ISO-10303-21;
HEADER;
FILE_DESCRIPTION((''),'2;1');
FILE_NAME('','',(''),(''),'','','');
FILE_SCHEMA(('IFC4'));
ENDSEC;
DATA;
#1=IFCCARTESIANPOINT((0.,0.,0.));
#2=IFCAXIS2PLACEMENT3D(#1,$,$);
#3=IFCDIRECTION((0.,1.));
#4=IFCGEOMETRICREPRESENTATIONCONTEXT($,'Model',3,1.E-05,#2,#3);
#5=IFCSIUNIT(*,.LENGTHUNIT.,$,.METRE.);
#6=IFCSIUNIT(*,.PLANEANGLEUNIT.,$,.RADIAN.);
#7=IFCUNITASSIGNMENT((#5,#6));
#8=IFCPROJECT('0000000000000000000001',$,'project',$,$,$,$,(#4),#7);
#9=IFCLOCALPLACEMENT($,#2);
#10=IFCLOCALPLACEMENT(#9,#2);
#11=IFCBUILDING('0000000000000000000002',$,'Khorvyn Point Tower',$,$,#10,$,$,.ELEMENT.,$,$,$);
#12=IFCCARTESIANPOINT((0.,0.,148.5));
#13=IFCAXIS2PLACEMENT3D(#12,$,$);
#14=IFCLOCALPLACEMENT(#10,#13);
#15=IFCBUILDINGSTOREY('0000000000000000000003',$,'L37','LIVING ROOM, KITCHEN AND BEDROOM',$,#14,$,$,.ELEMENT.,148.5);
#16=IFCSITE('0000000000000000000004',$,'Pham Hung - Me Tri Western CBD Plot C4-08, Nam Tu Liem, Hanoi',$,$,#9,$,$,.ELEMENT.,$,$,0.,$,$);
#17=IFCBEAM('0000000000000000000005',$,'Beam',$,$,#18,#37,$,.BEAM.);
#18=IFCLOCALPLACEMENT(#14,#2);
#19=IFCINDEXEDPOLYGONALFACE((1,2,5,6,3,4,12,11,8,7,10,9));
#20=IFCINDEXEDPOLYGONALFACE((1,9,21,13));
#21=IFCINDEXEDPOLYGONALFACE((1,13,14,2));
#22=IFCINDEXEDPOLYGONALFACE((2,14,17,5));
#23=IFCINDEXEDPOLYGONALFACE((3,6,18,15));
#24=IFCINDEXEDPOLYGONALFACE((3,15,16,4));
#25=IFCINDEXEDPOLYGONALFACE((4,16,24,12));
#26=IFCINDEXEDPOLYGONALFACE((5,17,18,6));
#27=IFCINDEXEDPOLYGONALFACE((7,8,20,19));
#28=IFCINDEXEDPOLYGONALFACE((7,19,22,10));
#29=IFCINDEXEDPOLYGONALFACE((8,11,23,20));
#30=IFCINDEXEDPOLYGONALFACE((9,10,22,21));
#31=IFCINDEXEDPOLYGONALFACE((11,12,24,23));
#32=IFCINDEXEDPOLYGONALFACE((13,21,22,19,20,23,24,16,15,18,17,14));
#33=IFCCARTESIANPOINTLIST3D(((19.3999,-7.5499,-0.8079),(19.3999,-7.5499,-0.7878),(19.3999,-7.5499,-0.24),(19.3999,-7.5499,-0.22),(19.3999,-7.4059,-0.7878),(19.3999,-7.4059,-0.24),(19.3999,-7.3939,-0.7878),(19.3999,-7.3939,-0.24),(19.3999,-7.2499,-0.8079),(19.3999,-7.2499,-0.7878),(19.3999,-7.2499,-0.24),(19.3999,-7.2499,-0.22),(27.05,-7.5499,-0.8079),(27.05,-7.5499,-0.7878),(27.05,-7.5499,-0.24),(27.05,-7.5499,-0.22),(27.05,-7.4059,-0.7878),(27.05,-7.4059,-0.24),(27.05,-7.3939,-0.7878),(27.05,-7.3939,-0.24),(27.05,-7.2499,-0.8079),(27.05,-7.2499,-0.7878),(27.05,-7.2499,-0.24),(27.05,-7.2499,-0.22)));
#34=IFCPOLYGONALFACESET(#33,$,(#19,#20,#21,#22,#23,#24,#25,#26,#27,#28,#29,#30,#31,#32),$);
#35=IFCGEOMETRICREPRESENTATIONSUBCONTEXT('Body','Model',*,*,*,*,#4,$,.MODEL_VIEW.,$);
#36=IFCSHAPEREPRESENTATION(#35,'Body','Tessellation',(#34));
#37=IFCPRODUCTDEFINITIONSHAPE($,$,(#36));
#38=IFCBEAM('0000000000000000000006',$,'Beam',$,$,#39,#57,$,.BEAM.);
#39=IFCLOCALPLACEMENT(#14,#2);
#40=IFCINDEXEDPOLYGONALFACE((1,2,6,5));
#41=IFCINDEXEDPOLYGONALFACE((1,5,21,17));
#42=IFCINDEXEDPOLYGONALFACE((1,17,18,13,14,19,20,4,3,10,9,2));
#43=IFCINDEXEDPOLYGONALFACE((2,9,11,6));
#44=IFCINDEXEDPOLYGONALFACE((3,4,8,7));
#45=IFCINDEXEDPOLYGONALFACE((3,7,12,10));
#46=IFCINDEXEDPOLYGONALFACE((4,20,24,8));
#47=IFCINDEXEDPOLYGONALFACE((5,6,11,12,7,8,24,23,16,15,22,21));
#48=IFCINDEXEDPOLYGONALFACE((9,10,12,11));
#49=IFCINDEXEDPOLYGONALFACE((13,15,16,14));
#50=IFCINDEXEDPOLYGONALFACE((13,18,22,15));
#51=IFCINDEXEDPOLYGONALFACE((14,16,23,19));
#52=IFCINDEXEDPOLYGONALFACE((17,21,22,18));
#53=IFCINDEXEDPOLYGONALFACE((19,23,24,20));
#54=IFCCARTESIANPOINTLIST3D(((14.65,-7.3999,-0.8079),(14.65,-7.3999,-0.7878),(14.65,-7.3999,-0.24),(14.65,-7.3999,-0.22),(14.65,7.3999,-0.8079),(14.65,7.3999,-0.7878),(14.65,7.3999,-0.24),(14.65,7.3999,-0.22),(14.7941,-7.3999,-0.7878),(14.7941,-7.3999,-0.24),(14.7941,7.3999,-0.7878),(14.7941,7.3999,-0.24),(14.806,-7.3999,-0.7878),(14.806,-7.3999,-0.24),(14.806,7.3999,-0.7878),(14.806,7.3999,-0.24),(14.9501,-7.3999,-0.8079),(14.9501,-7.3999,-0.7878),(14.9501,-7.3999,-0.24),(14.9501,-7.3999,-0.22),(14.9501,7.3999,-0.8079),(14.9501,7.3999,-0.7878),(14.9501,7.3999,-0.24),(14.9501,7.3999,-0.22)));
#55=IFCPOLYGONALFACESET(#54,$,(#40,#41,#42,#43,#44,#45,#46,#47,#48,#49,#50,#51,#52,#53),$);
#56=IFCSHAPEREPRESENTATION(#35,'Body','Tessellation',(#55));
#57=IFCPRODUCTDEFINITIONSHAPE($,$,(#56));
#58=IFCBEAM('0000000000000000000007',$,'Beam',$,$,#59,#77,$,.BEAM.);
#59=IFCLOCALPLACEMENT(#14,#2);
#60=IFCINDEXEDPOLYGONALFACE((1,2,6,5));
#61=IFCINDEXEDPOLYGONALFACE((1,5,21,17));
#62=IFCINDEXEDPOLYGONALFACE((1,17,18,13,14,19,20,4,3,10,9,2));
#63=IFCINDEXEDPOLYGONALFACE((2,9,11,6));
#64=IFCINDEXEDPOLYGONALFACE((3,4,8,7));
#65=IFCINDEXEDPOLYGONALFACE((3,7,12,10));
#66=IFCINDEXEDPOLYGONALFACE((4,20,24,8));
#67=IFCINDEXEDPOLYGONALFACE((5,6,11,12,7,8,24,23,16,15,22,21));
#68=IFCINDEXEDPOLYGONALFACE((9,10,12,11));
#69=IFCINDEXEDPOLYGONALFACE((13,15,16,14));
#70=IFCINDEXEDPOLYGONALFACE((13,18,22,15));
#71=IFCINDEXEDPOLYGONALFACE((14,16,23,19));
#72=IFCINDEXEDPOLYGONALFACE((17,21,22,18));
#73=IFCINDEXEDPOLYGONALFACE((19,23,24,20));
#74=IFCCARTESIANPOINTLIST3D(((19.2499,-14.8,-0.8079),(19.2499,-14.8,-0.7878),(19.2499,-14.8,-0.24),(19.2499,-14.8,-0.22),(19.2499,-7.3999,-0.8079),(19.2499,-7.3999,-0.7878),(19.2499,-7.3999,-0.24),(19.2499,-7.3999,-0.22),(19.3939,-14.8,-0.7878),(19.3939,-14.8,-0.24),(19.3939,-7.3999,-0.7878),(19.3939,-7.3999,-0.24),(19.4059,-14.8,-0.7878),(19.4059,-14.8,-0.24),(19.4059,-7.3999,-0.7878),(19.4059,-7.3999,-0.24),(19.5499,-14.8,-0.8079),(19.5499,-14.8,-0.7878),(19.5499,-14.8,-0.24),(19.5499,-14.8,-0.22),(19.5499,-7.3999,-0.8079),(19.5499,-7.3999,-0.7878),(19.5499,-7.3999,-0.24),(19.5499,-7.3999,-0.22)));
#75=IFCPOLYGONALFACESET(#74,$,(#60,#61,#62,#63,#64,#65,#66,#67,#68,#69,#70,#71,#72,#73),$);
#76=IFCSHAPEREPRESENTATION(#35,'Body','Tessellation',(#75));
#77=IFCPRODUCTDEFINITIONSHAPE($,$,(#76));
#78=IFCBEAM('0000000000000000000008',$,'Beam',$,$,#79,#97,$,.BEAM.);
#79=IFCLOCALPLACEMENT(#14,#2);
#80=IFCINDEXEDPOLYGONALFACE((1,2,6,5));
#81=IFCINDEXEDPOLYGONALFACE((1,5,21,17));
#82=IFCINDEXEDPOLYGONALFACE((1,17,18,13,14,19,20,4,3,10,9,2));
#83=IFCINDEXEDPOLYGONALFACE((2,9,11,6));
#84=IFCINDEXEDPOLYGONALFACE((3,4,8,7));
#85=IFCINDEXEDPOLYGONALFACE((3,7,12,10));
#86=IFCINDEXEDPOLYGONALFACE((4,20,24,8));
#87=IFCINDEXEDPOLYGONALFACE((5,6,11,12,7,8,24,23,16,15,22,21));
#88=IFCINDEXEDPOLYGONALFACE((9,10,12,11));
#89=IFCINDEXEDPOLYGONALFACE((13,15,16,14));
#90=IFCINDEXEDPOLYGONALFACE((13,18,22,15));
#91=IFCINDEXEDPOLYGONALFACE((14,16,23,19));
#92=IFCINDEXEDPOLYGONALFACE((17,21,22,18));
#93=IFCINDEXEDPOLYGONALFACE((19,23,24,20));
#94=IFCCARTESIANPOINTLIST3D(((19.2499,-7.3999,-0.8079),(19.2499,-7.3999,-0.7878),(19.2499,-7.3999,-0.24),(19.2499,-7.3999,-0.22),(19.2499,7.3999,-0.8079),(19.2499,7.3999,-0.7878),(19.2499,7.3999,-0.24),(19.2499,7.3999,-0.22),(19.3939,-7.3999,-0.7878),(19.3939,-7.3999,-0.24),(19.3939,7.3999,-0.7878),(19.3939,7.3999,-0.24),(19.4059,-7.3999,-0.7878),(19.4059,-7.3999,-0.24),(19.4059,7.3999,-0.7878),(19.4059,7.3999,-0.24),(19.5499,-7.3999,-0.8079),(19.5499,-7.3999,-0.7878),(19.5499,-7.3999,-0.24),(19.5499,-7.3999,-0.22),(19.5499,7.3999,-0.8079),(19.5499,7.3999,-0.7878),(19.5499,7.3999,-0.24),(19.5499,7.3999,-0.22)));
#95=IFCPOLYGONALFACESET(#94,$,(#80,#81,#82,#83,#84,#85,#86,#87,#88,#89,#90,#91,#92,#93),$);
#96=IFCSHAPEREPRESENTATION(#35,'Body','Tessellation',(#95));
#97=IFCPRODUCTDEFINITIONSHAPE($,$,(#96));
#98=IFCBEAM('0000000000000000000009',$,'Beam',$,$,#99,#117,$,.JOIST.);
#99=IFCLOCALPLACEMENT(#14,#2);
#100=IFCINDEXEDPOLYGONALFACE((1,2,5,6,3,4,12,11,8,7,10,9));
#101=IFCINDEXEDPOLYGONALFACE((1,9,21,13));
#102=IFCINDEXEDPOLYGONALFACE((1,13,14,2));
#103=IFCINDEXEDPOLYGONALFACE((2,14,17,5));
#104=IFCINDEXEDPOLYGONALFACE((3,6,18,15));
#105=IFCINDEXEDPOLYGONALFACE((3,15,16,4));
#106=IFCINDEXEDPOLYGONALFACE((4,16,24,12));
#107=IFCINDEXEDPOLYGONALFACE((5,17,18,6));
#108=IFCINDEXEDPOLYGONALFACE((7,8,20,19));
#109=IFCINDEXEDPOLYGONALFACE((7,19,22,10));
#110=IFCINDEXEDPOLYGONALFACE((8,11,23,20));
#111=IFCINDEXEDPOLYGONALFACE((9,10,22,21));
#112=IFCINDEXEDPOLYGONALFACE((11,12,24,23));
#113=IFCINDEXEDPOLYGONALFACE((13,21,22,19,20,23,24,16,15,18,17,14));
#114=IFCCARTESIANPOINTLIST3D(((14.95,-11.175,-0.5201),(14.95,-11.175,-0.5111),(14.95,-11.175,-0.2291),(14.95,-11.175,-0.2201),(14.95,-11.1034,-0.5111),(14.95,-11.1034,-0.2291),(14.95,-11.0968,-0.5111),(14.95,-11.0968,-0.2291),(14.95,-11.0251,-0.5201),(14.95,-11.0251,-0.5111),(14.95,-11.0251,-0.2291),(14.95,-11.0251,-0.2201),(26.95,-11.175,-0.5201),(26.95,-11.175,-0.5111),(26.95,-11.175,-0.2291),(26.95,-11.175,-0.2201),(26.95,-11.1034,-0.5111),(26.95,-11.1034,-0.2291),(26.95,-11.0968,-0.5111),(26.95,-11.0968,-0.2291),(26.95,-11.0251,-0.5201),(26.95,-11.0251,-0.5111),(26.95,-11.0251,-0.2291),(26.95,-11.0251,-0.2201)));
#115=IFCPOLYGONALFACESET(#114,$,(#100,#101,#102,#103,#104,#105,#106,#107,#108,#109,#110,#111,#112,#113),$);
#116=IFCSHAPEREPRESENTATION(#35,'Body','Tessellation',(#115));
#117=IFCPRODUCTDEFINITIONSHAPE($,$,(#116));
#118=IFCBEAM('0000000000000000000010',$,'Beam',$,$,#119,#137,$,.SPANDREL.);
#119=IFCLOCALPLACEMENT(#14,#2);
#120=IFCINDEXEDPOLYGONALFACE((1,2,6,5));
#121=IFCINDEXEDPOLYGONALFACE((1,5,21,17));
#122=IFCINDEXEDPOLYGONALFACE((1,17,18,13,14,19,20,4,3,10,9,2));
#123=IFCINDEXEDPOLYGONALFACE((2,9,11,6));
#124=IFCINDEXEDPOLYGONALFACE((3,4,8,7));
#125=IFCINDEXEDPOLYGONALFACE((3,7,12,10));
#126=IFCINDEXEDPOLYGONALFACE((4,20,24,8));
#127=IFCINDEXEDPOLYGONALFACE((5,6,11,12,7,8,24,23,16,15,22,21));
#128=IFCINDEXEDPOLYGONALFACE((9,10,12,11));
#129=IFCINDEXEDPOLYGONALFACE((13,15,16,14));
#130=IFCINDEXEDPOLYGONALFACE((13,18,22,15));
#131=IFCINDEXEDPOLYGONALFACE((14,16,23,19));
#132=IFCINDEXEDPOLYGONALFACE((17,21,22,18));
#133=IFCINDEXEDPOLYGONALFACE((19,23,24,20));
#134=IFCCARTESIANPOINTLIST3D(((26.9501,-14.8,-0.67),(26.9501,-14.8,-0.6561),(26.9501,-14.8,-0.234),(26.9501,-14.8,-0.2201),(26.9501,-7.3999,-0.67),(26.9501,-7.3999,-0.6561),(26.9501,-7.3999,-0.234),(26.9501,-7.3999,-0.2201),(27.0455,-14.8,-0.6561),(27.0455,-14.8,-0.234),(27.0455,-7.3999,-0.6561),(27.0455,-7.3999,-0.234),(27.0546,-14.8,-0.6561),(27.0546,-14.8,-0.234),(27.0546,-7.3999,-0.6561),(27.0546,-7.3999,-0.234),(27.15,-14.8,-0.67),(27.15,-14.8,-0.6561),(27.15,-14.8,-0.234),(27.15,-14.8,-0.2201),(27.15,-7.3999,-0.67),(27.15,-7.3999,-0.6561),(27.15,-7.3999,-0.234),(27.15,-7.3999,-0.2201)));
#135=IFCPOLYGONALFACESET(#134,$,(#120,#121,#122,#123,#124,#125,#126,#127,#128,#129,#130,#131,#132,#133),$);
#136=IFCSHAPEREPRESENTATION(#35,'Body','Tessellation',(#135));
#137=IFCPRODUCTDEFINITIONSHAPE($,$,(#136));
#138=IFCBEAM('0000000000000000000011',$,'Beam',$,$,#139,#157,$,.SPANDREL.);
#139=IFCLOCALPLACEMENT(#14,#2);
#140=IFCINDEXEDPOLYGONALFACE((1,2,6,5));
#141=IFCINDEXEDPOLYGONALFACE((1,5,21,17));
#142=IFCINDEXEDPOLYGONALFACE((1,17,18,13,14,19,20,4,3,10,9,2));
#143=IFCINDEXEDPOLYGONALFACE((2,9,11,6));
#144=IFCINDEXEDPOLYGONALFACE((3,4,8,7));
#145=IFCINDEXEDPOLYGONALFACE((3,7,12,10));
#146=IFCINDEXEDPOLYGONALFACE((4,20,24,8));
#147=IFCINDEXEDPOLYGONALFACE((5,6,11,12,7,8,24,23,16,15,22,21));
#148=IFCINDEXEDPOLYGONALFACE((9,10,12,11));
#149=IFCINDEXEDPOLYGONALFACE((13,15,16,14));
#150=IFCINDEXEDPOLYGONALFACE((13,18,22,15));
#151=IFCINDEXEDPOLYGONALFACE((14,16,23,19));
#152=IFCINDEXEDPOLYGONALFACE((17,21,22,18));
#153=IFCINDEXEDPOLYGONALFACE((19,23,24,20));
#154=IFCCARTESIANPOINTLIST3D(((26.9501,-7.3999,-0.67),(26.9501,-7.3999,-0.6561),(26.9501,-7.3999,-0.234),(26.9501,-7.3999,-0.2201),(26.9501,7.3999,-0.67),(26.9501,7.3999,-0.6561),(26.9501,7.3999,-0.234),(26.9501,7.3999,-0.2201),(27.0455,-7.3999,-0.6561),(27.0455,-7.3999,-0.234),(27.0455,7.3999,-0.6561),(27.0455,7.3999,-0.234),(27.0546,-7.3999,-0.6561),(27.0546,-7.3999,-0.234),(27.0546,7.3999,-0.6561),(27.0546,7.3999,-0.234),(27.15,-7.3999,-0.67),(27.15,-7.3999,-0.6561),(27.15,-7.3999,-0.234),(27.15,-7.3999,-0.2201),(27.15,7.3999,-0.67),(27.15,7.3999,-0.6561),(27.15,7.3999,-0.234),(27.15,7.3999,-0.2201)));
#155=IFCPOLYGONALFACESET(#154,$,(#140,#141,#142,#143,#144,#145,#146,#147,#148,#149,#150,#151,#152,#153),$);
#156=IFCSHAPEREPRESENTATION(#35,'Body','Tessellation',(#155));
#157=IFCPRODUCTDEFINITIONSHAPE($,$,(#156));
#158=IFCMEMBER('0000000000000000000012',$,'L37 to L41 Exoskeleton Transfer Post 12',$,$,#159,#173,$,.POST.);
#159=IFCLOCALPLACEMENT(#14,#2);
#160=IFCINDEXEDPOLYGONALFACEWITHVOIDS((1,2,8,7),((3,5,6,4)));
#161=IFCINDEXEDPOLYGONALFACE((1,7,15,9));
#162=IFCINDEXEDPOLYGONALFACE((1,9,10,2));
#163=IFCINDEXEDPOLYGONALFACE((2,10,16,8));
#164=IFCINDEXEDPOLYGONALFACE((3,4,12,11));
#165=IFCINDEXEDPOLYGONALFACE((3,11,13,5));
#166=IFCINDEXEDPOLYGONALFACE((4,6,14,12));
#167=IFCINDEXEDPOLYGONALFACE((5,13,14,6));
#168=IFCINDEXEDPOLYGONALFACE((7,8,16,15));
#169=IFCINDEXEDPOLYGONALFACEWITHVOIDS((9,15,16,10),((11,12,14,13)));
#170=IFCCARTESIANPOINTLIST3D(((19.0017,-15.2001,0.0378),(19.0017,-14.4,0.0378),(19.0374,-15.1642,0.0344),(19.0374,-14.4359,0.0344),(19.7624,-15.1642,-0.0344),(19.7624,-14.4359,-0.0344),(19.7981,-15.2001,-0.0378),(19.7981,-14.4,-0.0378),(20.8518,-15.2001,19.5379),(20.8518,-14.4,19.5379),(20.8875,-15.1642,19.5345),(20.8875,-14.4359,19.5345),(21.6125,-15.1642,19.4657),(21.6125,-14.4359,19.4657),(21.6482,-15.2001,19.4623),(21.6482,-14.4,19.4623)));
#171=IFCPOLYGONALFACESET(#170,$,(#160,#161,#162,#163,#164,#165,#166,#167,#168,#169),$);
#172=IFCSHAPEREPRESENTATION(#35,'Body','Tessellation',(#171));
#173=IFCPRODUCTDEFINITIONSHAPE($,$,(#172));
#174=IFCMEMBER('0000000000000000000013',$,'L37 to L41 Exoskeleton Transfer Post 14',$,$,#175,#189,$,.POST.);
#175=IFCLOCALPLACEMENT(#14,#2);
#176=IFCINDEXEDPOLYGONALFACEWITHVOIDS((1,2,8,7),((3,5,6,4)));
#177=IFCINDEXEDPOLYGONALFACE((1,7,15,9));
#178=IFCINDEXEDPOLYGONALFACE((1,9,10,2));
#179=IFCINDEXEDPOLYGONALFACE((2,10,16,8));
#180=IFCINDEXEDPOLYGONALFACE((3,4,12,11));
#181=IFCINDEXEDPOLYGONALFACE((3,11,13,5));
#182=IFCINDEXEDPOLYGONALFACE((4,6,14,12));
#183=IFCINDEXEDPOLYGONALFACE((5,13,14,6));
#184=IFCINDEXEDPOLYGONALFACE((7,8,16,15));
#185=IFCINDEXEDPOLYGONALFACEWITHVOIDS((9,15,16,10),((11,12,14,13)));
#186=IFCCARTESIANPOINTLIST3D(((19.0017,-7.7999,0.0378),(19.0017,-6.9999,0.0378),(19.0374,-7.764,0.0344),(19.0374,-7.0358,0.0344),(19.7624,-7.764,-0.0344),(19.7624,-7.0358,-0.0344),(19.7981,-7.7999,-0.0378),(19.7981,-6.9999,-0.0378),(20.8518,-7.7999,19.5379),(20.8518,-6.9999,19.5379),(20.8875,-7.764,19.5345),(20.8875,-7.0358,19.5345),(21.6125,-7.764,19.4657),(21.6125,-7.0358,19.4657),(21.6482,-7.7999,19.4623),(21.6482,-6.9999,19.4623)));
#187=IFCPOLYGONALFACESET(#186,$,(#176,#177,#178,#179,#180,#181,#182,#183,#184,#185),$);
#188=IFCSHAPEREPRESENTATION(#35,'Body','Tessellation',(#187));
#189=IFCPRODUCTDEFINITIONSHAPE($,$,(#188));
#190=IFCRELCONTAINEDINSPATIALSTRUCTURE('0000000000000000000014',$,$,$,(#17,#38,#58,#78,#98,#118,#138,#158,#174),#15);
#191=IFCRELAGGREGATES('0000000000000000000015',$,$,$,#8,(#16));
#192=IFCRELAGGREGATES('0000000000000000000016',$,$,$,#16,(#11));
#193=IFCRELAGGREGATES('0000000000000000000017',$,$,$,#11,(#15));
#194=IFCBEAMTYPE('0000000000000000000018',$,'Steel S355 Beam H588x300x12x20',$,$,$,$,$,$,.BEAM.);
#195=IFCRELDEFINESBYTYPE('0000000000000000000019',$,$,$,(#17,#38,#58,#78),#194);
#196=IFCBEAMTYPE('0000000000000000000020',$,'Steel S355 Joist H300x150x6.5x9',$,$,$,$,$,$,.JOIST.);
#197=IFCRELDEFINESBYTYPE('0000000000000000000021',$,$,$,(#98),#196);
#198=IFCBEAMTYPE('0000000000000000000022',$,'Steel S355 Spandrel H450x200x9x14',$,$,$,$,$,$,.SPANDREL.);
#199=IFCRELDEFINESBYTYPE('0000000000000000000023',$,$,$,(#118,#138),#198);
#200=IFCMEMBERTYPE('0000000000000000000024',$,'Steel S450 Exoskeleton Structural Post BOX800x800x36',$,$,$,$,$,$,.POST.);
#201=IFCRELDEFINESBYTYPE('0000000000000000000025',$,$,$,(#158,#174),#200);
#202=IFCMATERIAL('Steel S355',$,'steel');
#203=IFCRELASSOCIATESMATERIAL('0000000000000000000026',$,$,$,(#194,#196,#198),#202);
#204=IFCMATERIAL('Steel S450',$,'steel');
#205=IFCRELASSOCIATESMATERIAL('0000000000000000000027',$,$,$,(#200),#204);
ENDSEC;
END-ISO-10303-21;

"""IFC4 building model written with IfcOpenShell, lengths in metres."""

from ifc_helpers import new_model, si_unit, direction, frame, origin, origin_2d, place, context, subcontext, project, spatial, hollow_rectangle, i_section, extrude, material, material_profile, profile_set, type_object, element, save


model = new_model("IFC4")

# Units and contexts
model_context = context("Model", 3, precision=1e-05, world=origin(), true_north=direction((0.0, 1.0)))
body_context = subcontext(model_context, "Body", "Model", "MODEL_VIEW")
ifc_project = project(units=[si_unit("LENGTHUNIT", "METRE"), si_unit("PLANEANGLEUNIT", "RADIAN")], contexts=[model_context])

# Site, building, storey
site_placement = place(None, origin())
site = spatial("IfcSite", under=ifc_project, at=site_placement, Name="Pham Hung - Me Tri Western CBD Plot C4-08, Nam Tu Liem, Hanoi", CompositionType="ELEMENT", RefElevation=0.0)
building_placement = place(site_placement, origin())
building = spatial("IfcBuilding", under=site, at=building_placement, Name="Khorvyn Point Tower", CompositionType="ELEMENT")
storey_placement = place(building_placement, frame((0.0, 0.0, 148.5)))
storey = spatial("IfcBuildingStorey", under=building, at=storey_placement, Name="L37", Description="LIVING ROOM, KITCHEN AND BEDROOM", CompositionType="ELEMENT", Elevation=148.5)

# Shared definitions
ifc_material_1 = material(Name="Steel S450", Category="steel")

# Beams
ifc_material_2 = material(Name="Steel S355", Category="steel")
ifc_material_profile_1 = material_profile(ifc_material_2, i_section(OverallWidth=0.3, OverallDepth=0.5879, WebThickness=0.012, FlangeThickness=0.02, at=origin_2d()))
ifc_profile_set_1 = profile_set([ifc_material_profile_1], Name="Steel S355 H588x300x12x20")
beam_type_1 = type_object("IfcBeamType", Name="Steel S355 Beam H588x300x12x20", PredefinedType="BEAM", material=ifc_profile_set_1)
beam_1_placement = place(storey_placement, frame((19.3999, -7.3999, -0.5139), z_axis=(1.0, 0.0, 0.0), x_axis=(0.0, 1.0, 0.0)))
element("IfcBeam", 1, at=beam_1_placement, inside=storey, type_object=beam_type_1, Name="Beam", PredefinedType="BEAM", context=body_context, shape_type="SweptSolid", body=[
    extrude(i_section(OverallWidth=0.3, OverallDepth=0.5879, WebThickness=0.012, FlangeThickness=0.02, at=origin_2d()), origin(), (0.0, 0.0, 1.0), 7.6501),
])
beam_2_placement = place(storey_placement, frame((14.8, -7.3999, -0.5139), z_axis=(0.0, 1.0, 0.0), x_axis=(-1.0, 0.0, 0.0)))
element("IfcBeam", 2, at=beam_2_placement, inside=storey, type_object=beam_type_1, Name="Beam", PredefinedType="BEAM", context=body_context, shape_type="SweptSolid", body=[
    extrude(i_section(OverallWidth=0.3, OverallDepth=0.5879, WebThickness=0.012, FlangeThickness=0.02, at=origin_2d()), origin(), (0.0, 0.0, 1.0), 14.7998),
])
beam_3_placement = place(storey_placement, frame((19.3999, -14.8, -0.5139), z_axis=(0.0, 1.0, 0.0), x_axis=(-1.0, 0.0, 0.0)))
element("IfcBeam", 3, at=beam_3_placement, inside=storey, type_object=beam_type_1, Name="Beam", PredefinedType="BEAM", context=body_context, shape_type="SweptSolid", body=[
    extrude(i_section(OverallWidth=0.3, OverallDepth=0.5879, WebThickness=0.012, FlangeThickness=0.02, at=origin_2d()), origin(), (0.0, 0.0, 1.0), 7.4001),
])
beam_4_placement = place(storey_placement, frame((19.3999, -7.3999, -0.5139), z_axis=(0.0, 1.0, 0.0), x_axis=(-1.0, 0.0, 0.0)))
element("IfcBeam", 4, at=beam_4_placement, inside=storey, type_object=beam_type_1, Name="Beam", PredefinedType="BEAM", context=body_context, shape_type="SweptSolid", body=[
    extrude(i_section(OverallWidth=0.3, OverallDepth=0.5879, WebThickness=0.012, FlangeThickness=0.02, at=origin_2d()), origin(), (0.0, 0.0, 1.0), 14.7998),
])
ifc_material_profile_2 = material_profile(ifc_material_2, i_section(OverallWidth=0.1499, OverallDepth=0.3, WebThickness=0.0066, FlangeThickness=0.009, at=origin_2d()))
ifc_profile_set_2 = profile_set([ifc_material_profile_2], Name="Steel S355 H300x150x6.5x9")
beam_type_2 = type_object("IfcBeamType", Name="Steel S355 Joist H300x150x6.5x9", PredefinedType="JOIST", material=ifc_profile_set_2)
beam_5_placement = place(storey_placement, frame((14.95, -11.1001, -0.3701), z_axis=(1.0, 0.0, 0.0), x_axis=(0.0, 1.0, 0.0)))
element("IfcBeam", 5, at=beam_5_placement, inside=storey, type_object=beam_type_2, Name="Beam", PredefinedType="JOIST", context=body_context, shape_type="SweptSolid", body=[
    extrude(i_section(OverallWidth=0.1499, OverallDepth=0.3, WebThickness=0.0066, FlangeThickness=0.009, at=origin_2d()), origin(), (0.0, 0.0, 1.0), 12.0),
])
ifc_material_profile_3 = material_profile(ifc_material_2, i_section(OverallWidth=0.2, OverallDepth=0.45, WebThickness=0.009, FlangeThickness=0.0139, at=origin_2d()))
ifc_profile_set_3 = profile_set([ifc_material_profile_3], Name="Steel S355 H450x200x9x14")
beam_type_3 = type_object("IfcBeamType", Name="Steel S355 Spandrel H450x200x9x14", PredefinedType="SPANDREL", material=ifc_profile_set_3)
beam_6_placement = place(storey_placement, frame((27.05, -14.8, -0.4451), z_axis=(0.0, 1.0, 0.0), x_axis=(-1.0, 0.0, 0.0)))
element("IfcBeam", 6, at=beam_6_placement, inside=storey, type_object=beam_type_3, Name="Beam", PredefinedType="SPANDREL", context=body_context, shape_type="SweptSolid", body=[
    extrude(i_section(OverallWidth=0.2, OverallDepth=0.45, WebThickness=0.009, FlangeThickness=0.0139, at=origin_2d()), origin(), (0.0, 0.0, 1.0), 7.4001),
])
beam_7_placement = place(storey_placement, frame((27.05, -7.3999, -0.4451), z_axis=(0.0, 1.0, 0.0), x_axis=(-1.0, 0.0, 0.0)))
element("IfcBeam", 7, at=beam_7_placement, inside=storey, type_object=beam_type_3, Name="Beam", PredefinedType="SPANDREL", context=body_context, shape_type="SweptSolid", body=[
    extrude(i_section(OverallWidth=0.2, OverallDepth=0.45, WebThickness=0.009, FlangeThickness=0.0139, at=origin_2d()), origin(), (0.0, 0.0, 1.0), 14.7998),
])

# Members
ifc_material_profile_4 = material_profile(ifc_material_1, hollow_rectangle(XDim=0.8, YDim=0.8, WallThickness=0.0359, at=origin_2d()))
ifc_profile_set_4 = profile_set([ifc_material_profile_4], Name="Steel S450 BOX800x800x36")
member_type_1 = type_object("IfcMemberType", Name="Steel S450 Exoskeleton Structural Post BOX800x800x36", PredefinedType="POST", material=ifc_profile_set_4)
for number, where, z_axis, x_axis, name in (
    (8, (19.3999, -14.8, 0.0), (0.094453, 0.0, 0.995529), (0.0, 1.0, 0.0), "L37 to L41 Exoskeleton Transfer Post 12"),
    (9, (19.3999, -7.3999, 0.0), (0.094453, 0.0, 0.995529), (0.0, 1.0, 0.0), "L37 to L41 Exoskeleton Transfer Post 14"),
):
    element("IfcMember", number, at=place(storey_placement, frame(where, z_axis=z_axis, x_axis=x_axis)), inside=storey, type_object=member_type_1, Name=name, PredefinedType="POST", context=body_context, shape_type="SweptSolid", body=[
        extrude(hollow_rectangle(XDim=0.8, YDim=0.8, WallThickness=0.0359, at=origin_2d()), origin(), (0.0, 0.0, 1.0), 19.5876),
    ])

save(model, "model.ifc")
